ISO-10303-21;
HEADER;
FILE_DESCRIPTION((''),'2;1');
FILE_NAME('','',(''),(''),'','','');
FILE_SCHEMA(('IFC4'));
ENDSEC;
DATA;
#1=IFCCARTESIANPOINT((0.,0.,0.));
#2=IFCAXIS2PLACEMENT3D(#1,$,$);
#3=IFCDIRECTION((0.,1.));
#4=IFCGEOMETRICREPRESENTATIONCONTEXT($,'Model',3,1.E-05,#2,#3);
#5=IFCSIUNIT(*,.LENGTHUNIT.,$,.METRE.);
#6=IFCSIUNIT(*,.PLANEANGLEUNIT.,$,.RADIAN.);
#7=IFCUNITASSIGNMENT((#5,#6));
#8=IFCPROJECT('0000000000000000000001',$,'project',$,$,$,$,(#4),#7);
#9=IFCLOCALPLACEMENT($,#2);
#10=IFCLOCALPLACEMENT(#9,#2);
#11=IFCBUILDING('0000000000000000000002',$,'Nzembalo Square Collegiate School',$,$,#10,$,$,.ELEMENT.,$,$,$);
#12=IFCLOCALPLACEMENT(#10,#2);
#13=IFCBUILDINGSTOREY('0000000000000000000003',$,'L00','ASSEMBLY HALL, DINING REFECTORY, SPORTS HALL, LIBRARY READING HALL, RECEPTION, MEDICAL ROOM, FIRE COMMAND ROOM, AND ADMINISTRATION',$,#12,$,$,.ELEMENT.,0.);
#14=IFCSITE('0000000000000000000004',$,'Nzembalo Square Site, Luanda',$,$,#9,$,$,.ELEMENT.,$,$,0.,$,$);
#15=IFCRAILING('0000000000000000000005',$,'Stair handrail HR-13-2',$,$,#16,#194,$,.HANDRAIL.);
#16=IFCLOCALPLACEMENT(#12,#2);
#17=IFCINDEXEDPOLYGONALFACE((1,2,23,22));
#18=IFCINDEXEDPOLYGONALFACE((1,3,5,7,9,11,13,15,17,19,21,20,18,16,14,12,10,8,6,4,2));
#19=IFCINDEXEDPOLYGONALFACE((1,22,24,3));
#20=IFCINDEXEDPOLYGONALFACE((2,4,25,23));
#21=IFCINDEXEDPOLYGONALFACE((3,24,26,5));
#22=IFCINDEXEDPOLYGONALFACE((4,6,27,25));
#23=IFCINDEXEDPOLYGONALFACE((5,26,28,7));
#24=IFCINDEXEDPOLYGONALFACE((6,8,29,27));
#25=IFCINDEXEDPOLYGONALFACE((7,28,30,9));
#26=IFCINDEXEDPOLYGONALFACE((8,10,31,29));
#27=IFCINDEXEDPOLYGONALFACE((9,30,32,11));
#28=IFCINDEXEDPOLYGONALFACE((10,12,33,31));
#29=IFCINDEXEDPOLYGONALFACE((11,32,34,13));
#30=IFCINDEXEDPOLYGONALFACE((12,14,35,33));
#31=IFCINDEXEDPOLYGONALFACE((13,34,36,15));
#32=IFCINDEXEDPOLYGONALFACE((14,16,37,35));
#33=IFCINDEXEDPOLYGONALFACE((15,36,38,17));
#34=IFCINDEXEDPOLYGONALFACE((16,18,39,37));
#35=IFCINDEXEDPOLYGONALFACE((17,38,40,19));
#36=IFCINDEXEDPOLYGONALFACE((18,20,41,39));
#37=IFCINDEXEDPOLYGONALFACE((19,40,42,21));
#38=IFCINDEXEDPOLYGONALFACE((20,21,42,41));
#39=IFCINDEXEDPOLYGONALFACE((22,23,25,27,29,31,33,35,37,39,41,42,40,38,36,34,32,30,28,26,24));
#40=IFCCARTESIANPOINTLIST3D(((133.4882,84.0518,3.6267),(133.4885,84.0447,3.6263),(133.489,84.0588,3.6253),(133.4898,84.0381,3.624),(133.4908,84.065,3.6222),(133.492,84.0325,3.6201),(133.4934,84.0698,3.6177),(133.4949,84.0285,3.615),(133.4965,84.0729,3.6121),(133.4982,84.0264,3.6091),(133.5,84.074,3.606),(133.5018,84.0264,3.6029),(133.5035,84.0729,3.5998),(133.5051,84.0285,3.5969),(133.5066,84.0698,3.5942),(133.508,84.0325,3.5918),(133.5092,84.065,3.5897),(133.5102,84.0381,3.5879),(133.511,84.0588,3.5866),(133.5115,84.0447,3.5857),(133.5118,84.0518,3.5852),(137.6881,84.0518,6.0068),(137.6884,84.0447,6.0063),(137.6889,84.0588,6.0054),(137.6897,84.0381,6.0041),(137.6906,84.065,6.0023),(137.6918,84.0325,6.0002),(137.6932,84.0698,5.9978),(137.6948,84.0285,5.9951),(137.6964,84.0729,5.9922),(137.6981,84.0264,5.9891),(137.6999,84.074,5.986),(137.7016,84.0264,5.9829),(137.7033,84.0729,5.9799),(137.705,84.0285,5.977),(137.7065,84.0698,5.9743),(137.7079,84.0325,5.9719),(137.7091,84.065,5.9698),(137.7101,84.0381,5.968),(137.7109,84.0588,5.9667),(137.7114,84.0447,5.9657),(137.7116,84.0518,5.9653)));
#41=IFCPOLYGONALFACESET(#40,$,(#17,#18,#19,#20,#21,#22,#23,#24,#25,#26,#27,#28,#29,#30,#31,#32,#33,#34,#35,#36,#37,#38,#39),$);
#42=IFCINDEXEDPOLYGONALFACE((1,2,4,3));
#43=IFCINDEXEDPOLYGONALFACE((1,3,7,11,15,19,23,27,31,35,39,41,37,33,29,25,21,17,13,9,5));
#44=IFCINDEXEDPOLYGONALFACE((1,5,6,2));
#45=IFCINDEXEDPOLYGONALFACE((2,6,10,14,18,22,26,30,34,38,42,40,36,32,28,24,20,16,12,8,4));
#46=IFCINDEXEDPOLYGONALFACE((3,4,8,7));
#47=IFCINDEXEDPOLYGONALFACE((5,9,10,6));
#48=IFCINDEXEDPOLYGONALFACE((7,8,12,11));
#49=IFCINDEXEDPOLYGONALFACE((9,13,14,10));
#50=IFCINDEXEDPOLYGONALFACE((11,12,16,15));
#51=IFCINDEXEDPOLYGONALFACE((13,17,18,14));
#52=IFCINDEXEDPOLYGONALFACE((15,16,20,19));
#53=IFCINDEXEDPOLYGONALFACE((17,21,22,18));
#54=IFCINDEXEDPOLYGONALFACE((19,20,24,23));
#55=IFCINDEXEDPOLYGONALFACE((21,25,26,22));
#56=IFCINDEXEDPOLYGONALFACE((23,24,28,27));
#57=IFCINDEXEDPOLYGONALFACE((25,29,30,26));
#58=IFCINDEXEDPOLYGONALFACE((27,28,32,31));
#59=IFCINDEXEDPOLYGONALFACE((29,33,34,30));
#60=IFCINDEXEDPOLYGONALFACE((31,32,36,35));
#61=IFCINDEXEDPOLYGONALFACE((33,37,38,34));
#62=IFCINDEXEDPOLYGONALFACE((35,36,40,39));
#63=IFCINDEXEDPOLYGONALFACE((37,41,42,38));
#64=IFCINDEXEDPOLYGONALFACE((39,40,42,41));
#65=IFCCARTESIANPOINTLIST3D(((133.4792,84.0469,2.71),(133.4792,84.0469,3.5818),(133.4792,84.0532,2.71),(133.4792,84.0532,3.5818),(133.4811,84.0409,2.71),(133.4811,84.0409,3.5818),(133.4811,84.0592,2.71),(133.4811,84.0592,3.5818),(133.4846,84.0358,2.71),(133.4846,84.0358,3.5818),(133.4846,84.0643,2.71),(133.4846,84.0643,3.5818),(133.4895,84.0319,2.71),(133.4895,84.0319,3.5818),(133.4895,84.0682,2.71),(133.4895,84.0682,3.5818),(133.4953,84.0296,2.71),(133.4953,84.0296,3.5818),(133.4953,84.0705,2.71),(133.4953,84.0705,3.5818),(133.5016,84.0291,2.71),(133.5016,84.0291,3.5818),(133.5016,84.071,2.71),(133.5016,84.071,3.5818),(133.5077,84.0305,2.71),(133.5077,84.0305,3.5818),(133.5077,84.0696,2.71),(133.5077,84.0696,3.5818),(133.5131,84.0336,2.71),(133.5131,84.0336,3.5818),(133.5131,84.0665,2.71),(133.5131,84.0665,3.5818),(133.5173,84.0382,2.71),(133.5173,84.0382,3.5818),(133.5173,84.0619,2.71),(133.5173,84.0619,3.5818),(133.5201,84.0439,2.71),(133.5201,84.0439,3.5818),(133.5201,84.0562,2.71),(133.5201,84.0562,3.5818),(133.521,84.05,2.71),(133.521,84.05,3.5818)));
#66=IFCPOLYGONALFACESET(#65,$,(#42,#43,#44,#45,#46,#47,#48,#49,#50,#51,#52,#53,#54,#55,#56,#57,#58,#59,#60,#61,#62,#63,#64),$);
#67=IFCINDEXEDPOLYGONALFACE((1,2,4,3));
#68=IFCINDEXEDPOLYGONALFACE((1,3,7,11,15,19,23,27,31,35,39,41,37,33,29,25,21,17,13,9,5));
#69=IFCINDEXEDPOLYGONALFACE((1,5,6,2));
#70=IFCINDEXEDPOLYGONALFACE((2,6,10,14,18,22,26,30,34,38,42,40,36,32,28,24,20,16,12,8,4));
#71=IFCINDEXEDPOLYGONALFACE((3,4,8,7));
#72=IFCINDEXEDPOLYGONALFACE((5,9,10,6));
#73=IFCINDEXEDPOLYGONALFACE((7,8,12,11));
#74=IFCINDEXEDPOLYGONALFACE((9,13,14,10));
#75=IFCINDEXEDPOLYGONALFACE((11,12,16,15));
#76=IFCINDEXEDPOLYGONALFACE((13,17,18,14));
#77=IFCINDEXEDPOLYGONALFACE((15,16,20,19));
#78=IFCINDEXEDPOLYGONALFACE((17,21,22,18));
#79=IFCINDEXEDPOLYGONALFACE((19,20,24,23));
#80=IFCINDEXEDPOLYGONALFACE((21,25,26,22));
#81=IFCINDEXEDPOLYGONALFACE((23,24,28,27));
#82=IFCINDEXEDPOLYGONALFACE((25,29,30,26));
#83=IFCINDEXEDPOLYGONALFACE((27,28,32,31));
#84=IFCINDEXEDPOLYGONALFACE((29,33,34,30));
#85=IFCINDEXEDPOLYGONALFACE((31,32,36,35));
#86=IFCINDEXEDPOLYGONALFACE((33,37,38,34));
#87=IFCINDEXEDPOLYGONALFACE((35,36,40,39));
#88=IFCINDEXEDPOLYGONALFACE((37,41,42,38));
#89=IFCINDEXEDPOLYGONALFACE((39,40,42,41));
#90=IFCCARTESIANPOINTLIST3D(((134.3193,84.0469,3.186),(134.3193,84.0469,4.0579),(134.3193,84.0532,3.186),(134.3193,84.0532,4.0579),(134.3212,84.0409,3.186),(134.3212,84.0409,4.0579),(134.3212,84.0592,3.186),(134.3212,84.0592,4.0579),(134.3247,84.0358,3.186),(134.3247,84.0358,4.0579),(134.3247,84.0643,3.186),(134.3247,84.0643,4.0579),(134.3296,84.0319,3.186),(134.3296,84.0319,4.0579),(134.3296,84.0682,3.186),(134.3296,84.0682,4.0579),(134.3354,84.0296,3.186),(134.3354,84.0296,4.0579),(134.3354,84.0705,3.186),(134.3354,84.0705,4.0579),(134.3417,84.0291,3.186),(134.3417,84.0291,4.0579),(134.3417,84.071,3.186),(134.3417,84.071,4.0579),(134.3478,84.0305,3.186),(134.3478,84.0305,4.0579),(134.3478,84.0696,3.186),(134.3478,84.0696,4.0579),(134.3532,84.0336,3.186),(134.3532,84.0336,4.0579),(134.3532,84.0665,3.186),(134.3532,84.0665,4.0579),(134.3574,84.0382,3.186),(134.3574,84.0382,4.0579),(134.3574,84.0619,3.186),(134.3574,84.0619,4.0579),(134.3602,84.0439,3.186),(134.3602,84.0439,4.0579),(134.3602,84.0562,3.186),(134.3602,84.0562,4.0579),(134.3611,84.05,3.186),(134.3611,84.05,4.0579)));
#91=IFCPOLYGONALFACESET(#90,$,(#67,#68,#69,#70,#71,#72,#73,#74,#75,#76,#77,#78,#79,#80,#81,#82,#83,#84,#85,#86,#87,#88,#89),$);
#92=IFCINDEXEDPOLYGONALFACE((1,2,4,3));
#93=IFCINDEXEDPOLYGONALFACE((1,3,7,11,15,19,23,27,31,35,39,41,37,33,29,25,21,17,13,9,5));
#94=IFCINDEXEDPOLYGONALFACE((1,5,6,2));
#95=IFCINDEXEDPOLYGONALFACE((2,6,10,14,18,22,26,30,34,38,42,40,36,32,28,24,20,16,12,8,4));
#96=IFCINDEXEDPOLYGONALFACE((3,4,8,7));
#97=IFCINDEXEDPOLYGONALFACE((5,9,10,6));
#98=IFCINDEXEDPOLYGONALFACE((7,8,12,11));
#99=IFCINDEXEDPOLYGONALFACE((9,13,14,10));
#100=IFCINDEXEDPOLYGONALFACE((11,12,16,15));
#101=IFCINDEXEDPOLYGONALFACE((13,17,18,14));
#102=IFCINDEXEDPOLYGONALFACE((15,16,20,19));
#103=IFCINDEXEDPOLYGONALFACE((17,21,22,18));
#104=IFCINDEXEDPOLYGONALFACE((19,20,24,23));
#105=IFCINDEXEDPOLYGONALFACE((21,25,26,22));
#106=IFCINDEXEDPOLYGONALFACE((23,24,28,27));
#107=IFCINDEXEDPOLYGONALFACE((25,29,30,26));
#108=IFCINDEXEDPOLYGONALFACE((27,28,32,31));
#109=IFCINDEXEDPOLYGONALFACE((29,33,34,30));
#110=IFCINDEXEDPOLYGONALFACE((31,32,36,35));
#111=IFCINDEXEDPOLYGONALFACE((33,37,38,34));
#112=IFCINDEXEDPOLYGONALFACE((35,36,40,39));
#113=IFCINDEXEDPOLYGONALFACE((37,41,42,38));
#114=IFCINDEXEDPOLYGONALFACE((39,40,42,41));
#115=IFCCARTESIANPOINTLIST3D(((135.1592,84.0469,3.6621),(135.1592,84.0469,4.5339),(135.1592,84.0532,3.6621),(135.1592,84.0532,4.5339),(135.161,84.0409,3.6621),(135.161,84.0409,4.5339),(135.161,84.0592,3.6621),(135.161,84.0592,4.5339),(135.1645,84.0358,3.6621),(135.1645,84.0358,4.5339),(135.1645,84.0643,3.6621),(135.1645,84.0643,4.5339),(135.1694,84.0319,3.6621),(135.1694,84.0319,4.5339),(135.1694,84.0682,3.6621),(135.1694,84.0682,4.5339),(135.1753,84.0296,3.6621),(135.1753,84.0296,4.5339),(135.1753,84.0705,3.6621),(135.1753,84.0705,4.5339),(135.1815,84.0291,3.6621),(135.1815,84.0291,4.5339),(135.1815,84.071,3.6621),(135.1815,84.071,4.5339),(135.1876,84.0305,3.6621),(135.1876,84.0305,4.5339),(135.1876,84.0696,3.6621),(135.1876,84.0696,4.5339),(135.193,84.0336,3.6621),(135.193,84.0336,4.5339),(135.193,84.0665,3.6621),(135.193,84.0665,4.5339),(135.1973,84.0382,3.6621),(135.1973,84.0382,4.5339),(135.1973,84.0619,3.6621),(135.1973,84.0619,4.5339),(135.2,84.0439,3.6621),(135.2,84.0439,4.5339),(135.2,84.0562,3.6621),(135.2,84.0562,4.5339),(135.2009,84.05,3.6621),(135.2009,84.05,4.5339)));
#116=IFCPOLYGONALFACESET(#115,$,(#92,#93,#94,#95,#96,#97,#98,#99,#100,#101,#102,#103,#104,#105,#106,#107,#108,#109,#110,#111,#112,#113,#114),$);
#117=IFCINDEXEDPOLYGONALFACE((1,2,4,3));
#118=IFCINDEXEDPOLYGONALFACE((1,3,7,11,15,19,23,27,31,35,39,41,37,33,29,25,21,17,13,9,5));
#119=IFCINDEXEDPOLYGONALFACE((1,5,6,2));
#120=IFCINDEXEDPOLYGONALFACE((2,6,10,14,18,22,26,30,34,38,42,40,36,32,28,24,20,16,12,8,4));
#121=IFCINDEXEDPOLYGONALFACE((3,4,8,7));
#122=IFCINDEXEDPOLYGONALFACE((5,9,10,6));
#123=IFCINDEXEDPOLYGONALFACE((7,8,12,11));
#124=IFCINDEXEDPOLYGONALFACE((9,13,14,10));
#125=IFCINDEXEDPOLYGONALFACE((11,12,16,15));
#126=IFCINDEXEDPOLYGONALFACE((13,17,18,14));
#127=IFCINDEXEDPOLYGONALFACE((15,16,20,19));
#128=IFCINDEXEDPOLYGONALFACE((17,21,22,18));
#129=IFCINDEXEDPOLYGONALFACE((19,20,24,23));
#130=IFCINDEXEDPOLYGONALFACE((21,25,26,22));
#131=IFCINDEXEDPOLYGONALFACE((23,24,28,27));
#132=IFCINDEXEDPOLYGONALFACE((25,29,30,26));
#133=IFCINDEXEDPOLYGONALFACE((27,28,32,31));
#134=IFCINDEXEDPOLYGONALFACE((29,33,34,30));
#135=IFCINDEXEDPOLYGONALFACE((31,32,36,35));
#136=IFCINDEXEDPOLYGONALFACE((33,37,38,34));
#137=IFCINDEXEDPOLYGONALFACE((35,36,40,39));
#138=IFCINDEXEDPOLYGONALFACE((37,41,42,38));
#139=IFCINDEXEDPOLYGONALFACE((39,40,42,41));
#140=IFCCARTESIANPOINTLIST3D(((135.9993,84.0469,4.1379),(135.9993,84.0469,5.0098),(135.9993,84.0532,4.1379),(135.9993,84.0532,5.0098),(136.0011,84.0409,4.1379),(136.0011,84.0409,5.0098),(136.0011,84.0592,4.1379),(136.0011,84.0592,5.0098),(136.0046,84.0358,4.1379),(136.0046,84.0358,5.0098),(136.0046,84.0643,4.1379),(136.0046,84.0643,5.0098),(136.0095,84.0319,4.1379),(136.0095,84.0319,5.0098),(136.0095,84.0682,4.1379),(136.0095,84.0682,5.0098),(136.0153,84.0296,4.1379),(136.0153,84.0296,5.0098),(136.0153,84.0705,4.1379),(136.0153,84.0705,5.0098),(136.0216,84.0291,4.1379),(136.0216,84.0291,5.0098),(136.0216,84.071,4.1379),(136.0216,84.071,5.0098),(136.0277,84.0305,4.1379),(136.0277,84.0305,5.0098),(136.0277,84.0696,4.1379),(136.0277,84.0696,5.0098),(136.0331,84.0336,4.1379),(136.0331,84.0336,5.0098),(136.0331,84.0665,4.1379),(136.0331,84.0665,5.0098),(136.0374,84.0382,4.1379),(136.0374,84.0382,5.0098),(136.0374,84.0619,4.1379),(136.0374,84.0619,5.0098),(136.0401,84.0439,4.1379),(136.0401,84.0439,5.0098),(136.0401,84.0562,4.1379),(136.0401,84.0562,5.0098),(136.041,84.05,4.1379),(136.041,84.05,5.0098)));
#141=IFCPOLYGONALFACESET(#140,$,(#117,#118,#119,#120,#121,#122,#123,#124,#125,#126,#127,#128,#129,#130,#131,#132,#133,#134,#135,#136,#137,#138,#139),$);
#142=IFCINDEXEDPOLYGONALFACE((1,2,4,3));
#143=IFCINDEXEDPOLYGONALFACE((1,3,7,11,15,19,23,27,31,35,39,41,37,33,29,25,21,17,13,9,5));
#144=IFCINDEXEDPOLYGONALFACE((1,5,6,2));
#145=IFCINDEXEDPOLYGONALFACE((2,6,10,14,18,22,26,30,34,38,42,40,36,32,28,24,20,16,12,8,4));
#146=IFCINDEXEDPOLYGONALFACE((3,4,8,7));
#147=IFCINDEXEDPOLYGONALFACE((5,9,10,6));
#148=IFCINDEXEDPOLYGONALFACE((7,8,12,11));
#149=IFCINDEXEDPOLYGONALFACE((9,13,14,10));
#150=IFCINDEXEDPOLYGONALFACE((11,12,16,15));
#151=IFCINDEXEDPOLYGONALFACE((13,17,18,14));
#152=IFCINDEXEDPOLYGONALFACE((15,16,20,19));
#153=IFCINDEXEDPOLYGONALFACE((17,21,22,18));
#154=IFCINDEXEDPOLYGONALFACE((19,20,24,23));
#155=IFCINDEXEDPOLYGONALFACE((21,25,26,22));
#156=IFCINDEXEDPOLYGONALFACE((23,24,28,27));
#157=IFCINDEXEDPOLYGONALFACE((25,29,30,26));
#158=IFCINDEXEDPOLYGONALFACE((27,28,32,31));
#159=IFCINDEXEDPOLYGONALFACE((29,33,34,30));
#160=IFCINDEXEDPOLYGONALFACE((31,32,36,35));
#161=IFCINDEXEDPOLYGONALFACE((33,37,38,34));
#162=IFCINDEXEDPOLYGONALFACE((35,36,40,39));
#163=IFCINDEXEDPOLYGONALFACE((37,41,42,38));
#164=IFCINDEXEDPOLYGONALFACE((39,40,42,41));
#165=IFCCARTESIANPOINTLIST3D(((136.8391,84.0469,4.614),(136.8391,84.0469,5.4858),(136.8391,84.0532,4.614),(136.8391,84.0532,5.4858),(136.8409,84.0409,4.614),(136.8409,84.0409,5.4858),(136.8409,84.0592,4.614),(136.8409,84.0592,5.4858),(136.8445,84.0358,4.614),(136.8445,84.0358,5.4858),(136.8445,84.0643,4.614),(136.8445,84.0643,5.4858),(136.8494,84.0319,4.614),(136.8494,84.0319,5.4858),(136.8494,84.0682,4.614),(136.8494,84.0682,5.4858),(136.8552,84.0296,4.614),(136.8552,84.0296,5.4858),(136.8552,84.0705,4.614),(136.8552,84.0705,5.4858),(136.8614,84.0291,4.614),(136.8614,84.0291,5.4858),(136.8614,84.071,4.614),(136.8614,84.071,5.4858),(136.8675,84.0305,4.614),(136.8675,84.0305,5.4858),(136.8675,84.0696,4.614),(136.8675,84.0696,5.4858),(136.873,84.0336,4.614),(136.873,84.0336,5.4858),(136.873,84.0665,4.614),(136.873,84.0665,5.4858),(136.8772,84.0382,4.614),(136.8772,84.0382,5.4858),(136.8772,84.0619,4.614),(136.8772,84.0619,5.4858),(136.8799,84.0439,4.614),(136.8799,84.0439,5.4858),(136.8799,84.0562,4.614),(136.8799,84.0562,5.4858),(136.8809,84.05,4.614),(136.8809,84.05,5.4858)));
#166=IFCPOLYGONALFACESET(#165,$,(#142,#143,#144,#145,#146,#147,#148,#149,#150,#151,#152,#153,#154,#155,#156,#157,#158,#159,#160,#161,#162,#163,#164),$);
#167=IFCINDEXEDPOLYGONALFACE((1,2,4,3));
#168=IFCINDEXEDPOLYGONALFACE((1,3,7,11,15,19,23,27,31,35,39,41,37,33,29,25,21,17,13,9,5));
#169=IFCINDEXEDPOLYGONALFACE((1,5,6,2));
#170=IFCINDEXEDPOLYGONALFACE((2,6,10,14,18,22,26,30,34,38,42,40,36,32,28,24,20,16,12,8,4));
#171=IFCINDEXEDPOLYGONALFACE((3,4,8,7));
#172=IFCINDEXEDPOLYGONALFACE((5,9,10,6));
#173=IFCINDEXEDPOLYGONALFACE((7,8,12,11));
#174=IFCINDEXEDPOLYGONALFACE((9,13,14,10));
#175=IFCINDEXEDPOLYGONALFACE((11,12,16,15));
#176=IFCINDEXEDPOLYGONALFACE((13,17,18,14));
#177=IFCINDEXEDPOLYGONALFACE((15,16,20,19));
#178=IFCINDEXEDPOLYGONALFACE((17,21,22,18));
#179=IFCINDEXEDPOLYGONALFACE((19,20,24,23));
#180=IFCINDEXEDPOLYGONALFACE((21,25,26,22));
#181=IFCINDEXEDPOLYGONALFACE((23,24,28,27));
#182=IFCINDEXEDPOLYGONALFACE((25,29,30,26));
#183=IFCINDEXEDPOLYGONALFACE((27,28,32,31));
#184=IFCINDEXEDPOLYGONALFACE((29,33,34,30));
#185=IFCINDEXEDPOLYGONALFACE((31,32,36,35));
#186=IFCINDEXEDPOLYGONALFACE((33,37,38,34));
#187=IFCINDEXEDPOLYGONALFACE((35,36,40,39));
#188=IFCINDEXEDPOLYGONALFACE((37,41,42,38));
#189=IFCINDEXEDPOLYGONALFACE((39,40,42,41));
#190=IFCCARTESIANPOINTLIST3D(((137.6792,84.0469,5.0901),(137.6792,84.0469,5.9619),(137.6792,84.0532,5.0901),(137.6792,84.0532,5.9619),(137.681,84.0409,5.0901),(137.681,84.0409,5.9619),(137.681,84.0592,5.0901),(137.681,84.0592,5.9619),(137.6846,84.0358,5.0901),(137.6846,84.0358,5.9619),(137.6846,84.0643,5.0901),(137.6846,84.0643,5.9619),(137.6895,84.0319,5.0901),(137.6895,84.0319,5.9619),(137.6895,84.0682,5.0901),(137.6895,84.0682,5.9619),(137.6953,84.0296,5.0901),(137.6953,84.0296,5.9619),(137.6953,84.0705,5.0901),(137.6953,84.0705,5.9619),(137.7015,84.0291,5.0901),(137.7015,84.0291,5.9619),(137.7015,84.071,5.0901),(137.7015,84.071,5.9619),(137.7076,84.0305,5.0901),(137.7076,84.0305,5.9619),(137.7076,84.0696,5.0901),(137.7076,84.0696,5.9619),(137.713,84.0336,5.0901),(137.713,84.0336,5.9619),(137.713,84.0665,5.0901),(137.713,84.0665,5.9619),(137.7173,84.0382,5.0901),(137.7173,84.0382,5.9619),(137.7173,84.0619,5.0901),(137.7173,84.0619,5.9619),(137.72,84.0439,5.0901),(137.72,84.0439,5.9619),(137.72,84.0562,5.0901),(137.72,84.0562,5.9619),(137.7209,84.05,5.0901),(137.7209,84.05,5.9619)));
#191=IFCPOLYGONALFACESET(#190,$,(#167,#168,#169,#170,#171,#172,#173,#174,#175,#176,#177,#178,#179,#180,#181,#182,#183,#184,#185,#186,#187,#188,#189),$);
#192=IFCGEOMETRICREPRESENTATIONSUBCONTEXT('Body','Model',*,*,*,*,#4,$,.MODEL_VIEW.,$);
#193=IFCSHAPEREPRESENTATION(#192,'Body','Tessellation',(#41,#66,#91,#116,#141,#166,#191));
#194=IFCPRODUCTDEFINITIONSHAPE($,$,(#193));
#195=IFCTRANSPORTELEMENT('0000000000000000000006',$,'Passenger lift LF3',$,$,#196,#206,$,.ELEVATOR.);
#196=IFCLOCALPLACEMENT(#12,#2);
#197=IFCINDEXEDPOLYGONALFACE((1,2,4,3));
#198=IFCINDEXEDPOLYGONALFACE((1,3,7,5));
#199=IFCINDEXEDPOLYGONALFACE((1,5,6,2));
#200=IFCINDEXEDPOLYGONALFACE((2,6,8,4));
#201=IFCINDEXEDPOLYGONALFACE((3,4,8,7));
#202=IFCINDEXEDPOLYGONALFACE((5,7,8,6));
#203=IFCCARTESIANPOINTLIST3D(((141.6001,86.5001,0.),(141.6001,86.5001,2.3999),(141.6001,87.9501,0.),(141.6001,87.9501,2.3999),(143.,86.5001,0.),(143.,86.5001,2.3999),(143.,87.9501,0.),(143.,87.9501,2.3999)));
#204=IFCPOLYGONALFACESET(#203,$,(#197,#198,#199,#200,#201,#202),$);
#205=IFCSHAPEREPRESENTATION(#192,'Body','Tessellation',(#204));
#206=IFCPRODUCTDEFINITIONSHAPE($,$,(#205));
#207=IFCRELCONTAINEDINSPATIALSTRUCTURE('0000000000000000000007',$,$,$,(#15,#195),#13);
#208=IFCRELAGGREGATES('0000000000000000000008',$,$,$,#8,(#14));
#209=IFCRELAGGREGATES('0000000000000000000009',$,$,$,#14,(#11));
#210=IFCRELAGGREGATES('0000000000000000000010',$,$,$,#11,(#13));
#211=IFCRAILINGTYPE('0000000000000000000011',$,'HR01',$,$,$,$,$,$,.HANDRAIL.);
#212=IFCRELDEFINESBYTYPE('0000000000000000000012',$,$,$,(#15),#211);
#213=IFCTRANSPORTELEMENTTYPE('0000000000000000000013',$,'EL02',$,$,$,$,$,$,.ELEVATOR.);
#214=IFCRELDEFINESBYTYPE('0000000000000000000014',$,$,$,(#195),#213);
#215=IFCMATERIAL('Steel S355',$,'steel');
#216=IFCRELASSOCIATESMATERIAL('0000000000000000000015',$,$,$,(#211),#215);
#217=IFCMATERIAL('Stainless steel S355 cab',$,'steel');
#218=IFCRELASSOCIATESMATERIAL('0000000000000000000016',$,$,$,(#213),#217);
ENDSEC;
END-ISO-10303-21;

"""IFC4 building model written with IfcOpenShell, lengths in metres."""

from ifc_helpers import new_model, si_unit, direction, frame, origin, origin_2d, place, context, subcontext, project, spatial, rectangle, circle, extrude, material, type_object, element, save


model = new_model("IFC4")

# Units and contexts
model_context = context("Model", 3, precision=1e-05, world=origin(), true_north=direction((0.0, 1.0)))
body_context = subcontext(model_context, "Body", "Model", "MODEL_VIEW")
ifc_project = project(units=[si_unit("LENGTHUNIT", "METRE"), si_unit("PLANEANGLEUNIT", "RADIAN")], contexts=[model_context])

# Site, building, storey
site_placement = place(None, origin())
site = spatial("IfcSite", under=ifc_project, at=site_placement, Name="Nzembalo Square Site, Luanda", CompositionType="ELEMENT", RefElevation=0.0)
building_placement = place(site_placement, origin())
building = spatial("IfcBuilding", under=site, at=building_placement, Name="Nzembalo Square Collegiate School", CompositionType="ELEMENT")
storey_placement = place(building_placement, origin())
storey = spatial("IfcBuildingStorey", under=building, at=storey_placement, Name="L00", Description="ASSEMBLY HALL, DINING REFECTORY, SPORTS HALL, LIBRARY READING HALL, RECEPTION, MEDICAL ROOM, FIRE COMMAND ROOM, AND ADMINISTRATION", CompositionType="ELEMENT", Elevation=0.0)

# Railing
ifc_material_1 = material(Name="Steel S355", Category="steel")
railing_type_1 = type_object("IfcRailingType", Name="HR01", PredefinedType="HANDRAIL", material=ifc_material_1)
railing_1_placement = place(storey_placement, frame((133.5, 84.05, 2.71)))
element("IfcRailing", 1, at=railing_1_placement, inside=storey, type_object=railing_type_1, Name="Stair handrail HR-13-2", PredefinedType="HANDRAIL", context=body_context, shape_type="SweptSolid", body=[
    extrude(circle(Radius=0.0239, at=origin_2d()), frame((0.0, 0.0, 0.896), z_axis=(0.870008, 0.0, 0.493037), x_axis=(0.0, 1.0, 0.0)), (0.0, 0.0, 1.0), 4.8274),
    extrude(circle(Radius=0.021, at=origin_2d()), origin(), (0.0, 0.0, 1.0), 0.8718),
    extrude(circle(Radius=0.021, at=origin_2d()), frame((0.8401, 0.0, 0.4761)), (0.0, 0.0, 1.0), 0.8718),
    extrude(circle(Radius=0.021, at=origin_2d()), frame((1.6799, 0.0, 0.9521)), (0.0, 0.0, 1.0), 0.8718),
    extrude(circle(Radius=0.021, at=origin_2d()), frame((2.52, 0.0, 1.428)), (0.0, 0.0, 1.0), 0.8718),
    extrude(circle(Radius=0.021, at=origin_2d()), frame((3.3599, 0.0, 1.9041)), (0.0, 0.0, 1.0), 0.8718),
    extrude(circle(Radius=0.021, at=origin_2d()), frame((4.2, 0.0, 2.3801)), (0.0, 0.0, 1.0), 0.8718),
])

# Transport element
ifc_material_2 = material(Name="Stainless steel S355 cab", Category="steel")
transport_element_type = type_object("IfcTransportElementType", Name="EL02", PredefinedType="ELEVATOR", material=ifc_material_2)
transport_element_placement = place(storey_placement, frame((142.3, 87.2251, 0.0), z_axis=(0.0, 0.0, 1.0), x_axis=(1.0, 0.0, 0.0)))
element("IfcTransportElement", 2, at=transport_element_placement, inside=storey, type_object=transport_element_type, Name="Passenger lift LF3", PredefinedType="ELEVATOR", context=body_context, shape_type="SweptSolid", body=[
    extrude(rectangle(XDim=1.3999, YDim=1.45, at=origin_2d()), origin(), (0.0, 0.0, 1.0), 2.3999),
])

save(model, "model.ifc")
